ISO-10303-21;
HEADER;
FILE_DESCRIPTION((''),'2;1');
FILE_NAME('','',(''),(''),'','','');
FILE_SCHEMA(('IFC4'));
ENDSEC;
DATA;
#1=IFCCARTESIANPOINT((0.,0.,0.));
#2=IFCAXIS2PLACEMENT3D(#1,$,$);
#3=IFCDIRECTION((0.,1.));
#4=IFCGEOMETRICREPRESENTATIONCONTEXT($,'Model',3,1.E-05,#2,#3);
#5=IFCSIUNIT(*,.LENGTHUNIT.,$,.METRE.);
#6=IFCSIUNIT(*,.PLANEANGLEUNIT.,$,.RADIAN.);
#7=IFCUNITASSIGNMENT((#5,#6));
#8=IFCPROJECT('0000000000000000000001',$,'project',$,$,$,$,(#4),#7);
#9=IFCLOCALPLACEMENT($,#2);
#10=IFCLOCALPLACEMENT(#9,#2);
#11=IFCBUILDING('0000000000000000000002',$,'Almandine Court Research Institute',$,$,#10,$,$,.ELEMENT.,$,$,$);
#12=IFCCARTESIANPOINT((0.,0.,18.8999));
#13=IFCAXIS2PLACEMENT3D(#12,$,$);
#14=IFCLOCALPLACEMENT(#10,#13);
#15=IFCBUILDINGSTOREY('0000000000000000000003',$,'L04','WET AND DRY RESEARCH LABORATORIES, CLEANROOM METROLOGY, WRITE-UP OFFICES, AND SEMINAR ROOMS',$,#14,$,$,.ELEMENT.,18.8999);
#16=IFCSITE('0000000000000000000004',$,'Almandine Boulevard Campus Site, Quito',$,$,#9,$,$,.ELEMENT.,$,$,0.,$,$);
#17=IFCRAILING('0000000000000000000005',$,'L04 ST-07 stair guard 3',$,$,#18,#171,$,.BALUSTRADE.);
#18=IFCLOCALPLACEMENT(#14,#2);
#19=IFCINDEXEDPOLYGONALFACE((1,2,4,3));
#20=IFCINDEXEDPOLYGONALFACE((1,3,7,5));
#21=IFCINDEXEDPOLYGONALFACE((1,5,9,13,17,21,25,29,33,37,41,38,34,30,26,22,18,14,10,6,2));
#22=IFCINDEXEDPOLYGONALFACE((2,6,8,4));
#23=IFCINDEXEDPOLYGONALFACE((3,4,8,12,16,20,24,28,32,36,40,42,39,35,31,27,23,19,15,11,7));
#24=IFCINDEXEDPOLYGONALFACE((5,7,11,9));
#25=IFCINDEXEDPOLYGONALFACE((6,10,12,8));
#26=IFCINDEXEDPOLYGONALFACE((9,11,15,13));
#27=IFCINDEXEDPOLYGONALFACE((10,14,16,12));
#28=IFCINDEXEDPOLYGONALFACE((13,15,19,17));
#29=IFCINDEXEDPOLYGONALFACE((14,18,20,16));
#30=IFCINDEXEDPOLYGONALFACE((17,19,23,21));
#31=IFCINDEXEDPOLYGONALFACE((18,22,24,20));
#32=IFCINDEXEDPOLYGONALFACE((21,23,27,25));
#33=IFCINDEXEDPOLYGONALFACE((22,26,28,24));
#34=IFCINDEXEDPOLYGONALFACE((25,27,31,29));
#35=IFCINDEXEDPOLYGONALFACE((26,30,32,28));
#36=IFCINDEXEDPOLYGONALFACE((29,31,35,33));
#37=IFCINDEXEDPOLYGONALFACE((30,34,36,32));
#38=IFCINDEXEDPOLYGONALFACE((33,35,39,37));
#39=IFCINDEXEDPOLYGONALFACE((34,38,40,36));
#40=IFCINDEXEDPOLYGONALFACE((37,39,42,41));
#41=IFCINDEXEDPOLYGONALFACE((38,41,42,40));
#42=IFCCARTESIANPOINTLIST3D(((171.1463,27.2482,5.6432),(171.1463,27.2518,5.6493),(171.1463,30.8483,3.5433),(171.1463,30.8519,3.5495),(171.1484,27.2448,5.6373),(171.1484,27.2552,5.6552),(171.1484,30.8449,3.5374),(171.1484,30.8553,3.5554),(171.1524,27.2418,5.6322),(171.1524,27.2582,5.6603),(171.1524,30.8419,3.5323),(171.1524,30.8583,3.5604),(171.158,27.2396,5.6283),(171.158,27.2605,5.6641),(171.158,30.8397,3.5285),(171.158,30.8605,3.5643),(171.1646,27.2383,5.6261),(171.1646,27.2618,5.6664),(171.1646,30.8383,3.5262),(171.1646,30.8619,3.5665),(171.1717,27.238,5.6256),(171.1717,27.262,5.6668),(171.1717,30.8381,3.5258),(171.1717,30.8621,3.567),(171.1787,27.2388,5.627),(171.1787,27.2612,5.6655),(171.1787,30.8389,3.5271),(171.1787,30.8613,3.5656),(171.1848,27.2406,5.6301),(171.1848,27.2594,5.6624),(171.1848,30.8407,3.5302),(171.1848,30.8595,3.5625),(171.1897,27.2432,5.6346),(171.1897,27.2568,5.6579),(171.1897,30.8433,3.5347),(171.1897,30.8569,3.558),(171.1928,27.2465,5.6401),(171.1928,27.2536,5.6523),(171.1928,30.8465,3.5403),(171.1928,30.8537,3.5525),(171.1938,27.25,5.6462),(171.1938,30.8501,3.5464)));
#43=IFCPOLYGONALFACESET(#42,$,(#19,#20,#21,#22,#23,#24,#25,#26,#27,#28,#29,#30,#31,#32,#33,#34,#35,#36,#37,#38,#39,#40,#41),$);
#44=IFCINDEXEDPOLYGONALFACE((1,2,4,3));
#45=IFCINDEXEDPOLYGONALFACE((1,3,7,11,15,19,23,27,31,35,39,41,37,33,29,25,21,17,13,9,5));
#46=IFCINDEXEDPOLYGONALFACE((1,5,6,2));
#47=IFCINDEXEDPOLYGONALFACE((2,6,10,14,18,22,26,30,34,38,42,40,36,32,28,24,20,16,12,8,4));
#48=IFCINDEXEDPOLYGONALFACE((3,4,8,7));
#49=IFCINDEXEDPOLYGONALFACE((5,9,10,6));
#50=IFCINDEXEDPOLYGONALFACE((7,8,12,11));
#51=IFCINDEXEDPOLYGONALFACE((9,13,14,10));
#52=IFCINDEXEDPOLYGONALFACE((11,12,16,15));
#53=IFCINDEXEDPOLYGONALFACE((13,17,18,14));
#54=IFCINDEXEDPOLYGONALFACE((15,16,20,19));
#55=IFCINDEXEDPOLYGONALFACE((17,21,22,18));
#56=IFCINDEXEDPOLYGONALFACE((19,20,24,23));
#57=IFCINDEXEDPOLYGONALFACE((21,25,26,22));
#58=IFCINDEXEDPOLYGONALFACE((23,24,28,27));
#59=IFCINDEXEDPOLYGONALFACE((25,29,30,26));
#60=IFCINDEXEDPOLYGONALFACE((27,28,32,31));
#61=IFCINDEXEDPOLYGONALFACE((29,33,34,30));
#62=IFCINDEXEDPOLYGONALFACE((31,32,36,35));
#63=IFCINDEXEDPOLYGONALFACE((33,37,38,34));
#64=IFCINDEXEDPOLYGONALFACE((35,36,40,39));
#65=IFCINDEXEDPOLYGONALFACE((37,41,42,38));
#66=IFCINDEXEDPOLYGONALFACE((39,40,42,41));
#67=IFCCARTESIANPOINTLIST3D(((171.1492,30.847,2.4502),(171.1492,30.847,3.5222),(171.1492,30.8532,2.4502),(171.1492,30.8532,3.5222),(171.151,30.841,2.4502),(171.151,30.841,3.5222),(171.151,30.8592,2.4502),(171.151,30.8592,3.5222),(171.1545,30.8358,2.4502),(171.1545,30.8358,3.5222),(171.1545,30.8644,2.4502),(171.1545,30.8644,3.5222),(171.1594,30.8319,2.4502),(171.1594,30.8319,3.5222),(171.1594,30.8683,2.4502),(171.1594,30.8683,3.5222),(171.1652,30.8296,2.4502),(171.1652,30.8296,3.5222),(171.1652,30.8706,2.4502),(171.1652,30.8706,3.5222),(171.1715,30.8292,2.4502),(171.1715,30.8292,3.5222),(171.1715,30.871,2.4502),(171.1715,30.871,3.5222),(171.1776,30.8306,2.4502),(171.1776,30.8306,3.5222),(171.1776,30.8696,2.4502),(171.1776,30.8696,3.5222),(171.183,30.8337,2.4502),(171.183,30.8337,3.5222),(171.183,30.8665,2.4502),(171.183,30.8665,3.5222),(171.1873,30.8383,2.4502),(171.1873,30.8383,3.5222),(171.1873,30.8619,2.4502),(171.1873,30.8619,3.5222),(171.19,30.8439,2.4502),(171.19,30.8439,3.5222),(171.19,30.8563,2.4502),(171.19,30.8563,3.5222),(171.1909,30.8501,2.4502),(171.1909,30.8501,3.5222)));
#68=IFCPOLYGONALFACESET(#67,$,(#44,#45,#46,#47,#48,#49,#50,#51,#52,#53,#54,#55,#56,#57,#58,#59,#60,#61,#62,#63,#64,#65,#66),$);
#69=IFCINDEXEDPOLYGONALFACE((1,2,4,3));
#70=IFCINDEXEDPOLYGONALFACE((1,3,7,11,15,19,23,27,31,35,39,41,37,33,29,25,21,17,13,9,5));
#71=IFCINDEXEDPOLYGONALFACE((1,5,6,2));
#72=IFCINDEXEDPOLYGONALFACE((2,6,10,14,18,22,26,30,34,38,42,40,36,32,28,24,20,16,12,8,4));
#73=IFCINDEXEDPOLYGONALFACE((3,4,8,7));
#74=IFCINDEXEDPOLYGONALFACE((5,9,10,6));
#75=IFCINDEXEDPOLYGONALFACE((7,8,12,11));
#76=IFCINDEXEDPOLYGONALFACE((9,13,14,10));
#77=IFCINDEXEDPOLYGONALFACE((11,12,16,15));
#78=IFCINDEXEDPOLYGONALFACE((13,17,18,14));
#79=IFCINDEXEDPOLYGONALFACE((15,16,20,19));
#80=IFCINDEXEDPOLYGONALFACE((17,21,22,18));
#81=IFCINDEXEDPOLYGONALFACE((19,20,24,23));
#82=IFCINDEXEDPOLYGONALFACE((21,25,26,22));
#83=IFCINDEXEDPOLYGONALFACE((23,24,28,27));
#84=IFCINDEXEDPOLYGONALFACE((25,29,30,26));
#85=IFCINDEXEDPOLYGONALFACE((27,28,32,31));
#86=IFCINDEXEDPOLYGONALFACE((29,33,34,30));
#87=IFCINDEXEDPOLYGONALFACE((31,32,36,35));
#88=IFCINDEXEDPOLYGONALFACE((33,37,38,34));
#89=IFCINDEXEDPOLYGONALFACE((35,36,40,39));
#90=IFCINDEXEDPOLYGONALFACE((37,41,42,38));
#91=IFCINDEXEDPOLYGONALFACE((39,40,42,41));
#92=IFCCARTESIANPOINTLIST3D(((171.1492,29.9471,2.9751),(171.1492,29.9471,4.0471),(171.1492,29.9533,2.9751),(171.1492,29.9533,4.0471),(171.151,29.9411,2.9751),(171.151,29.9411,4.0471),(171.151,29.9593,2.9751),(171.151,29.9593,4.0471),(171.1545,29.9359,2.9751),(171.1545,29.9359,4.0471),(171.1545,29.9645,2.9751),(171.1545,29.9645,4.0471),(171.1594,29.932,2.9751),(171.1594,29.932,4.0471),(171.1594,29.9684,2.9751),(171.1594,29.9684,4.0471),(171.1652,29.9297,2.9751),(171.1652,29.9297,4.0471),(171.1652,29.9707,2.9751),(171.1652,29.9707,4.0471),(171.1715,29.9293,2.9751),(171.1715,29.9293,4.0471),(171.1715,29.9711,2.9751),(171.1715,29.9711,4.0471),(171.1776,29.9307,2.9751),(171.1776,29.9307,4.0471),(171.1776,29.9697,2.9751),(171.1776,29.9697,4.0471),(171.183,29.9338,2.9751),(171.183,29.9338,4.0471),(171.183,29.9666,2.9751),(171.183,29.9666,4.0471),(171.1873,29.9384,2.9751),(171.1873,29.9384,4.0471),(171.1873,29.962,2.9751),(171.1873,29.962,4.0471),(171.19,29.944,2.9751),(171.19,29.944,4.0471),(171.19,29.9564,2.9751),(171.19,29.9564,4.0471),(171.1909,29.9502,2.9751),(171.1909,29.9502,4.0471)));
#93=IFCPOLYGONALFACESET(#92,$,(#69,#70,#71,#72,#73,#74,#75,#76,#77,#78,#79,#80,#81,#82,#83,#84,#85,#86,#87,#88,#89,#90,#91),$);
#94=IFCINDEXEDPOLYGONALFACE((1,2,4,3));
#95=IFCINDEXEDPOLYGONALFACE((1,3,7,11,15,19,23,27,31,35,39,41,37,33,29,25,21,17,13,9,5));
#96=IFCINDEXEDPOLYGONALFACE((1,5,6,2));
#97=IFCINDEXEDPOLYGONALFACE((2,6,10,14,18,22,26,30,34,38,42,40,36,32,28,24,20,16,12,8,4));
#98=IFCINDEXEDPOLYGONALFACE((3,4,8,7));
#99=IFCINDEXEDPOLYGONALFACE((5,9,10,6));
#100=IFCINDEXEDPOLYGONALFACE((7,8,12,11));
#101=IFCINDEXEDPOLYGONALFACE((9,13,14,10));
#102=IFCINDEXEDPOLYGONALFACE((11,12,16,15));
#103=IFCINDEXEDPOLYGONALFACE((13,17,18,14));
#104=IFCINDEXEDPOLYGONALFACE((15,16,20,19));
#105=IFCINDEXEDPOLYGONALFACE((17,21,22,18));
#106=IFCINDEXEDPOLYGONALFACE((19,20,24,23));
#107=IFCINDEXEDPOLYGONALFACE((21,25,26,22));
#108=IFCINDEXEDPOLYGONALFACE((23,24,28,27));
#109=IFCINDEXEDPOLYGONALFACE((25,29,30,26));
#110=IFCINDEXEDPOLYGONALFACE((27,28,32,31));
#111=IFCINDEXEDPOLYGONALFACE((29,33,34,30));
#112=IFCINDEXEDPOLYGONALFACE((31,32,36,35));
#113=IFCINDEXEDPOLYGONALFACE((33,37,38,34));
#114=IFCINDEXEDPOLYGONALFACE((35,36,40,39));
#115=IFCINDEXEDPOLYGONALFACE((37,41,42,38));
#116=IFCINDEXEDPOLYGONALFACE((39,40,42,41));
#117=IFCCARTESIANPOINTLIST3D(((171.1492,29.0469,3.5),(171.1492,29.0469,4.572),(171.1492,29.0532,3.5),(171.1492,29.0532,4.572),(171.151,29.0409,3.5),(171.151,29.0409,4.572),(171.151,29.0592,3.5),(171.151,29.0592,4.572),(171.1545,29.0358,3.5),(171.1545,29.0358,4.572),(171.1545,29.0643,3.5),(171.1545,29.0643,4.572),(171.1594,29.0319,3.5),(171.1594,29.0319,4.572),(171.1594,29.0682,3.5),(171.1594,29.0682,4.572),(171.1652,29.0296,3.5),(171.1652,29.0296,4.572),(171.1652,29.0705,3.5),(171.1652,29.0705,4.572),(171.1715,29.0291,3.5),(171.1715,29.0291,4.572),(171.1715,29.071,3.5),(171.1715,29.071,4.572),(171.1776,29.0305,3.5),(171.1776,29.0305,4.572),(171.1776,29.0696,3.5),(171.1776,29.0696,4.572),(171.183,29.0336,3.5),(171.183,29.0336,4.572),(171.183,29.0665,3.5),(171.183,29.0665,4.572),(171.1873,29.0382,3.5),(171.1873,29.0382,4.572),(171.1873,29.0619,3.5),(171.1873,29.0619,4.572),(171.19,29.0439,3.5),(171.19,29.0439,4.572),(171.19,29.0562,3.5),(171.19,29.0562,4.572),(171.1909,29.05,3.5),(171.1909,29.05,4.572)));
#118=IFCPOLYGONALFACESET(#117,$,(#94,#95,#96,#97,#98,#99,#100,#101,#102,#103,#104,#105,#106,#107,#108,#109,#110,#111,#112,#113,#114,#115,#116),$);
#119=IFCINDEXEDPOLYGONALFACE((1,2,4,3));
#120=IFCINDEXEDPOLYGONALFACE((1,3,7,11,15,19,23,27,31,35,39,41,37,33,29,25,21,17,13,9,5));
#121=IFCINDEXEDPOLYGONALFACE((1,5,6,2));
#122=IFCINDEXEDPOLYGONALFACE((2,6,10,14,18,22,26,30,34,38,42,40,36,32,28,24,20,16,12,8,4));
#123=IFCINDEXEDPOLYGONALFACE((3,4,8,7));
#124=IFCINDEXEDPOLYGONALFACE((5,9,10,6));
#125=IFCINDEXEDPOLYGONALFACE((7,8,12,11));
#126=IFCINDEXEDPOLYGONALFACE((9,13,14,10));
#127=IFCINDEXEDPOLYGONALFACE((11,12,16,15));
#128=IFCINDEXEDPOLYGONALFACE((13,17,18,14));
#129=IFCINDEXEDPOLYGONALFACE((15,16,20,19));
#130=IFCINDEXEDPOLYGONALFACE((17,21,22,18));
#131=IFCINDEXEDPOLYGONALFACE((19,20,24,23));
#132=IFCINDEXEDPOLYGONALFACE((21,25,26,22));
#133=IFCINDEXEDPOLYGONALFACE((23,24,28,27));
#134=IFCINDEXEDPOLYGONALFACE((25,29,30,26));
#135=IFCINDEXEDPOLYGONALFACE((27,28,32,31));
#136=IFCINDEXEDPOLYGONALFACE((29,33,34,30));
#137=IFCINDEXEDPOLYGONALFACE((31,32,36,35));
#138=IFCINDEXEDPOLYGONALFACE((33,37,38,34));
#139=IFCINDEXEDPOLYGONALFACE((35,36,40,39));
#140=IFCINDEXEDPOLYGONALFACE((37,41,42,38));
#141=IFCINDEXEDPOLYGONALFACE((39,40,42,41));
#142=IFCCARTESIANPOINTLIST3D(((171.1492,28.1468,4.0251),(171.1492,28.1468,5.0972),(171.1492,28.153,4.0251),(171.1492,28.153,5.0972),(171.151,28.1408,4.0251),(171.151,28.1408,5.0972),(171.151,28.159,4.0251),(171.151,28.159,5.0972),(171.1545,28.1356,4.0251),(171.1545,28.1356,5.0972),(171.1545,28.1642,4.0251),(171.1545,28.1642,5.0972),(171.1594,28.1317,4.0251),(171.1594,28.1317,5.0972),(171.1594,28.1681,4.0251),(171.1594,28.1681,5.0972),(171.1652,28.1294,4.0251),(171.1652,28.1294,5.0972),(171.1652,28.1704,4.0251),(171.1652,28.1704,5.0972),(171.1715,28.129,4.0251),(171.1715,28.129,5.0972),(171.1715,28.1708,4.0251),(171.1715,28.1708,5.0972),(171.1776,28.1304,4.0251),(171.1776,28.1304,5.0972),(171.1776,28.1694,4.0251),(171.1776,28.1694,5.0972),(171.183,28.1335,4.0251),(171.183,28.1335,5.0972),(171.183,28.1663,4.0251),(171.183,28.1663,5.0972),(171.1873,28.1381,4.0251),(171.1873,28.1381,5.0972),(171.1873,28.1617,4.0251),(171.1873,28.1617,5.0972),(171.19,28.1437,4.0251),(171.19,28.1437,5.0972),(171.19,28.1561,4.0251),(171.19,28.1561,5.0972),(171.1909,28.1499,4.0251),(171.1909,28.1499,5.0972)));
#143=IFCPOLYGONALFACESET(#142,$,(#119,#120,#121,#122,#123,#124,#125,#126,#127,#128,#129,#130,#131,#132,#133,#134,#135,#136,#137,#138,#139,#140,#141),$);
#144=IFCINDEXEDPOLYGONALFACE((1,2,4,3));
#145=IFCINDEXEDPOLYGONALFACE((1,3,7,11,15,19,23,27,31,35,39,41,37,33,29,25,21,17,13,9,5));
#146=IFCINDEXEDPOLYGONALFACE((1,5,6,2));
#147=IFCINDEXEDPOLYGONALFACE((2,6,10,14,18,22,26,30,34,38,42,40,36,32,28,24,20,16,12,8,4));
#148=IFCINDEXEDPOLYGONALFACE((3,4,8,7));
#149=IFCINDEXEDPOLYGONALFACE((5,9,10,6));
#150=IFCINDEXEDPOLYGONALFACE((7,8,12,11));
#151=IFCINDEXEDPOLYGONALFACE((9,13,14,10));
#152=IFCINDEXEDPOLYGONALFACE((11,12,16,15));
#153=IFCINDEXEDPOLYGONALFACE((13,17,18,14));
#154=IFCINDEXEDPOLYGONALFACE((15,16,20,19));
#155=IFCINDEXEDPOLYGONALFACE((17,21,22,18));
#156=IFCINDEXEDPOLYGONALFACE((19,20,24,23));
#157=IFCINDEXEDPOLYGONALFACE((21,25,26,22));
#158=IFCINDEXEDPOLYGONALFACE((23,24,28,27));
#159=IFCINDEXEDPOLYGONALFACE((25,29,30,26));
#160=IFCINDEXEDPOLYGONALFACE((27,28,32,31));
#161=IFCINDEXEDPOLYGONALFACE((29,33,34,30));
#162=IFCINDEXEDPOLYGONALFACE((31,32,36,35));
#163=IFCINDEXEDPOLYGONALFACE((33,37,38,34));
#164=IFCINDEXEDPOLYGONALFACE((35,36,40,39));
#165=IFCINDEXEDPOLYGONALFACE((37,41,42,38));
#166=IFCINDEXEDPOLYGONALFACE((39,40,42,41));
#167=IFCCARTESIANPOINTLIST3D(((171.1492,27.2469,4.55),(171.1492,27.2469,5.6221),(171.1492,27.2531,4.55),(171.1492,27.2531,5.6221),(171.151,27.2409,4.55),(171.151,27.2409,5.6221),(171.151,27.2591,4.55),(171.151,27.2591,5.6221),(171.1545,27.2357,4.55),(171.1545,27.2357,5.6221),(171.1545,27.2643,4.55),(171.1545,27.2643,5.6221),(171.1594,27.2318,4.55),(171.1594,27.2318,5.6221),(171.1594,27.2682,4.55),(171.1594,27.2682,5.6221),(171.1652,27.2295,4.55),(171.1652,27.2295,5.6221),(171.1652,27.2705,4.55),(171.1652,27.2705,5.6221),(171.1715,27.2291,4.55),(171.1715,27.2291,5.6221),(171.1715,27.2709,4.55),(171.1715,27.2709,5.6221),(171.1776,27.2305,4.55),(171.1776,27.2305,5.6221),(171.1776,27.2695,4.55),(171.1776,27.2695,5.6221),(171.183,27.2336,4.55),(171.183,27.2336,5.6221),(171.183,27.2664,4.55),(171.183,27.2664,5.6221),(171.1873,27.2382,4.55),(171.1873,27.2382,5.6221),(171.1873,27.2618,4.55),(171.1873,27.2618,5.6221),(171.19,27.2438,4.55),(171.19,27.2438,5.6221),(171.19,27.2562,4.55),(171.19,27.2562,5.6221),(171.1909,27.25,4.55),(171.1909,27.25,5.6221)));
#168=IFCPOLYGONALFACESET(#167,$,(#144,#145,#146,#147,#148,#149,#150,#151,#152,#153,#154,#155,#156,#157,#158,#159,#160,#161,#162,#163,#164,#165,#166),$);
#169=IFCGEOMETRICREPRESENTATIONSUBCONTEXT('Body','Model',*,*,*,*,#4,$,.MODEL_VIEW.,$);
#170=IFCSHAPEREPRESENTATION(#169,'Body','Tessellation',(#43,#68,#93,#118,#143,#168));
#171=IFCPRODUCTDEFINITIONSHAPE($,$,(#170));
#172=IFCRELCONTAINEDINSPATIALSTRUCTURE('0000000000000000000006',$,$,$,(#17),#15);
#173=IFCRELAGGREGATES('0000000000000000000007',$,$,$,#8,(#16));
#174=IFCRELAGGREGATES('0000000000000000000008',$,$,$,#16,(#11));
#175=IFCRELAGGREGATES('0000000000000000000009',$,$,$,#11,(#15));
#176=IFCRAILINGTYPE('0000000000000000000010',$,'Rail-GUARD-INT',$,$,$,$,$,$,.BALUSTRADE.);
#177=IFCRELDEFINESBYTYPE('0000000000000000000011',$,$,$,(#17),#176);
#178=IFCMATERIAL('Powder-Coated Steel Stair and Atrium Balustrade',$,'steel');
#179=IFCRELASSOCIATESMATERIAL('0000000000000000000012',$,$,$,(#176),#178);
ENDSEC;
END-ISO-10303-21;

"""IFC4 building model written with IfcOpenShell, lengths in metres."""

from ifc_helpers import new_model, si_unit, direction, frame, origin, origin_2d, place, context, subcontext, project, spatial, circle, extrude, material, type_object, element, save


model = new_model("IFC4")

# Units and contexts
model_context = context("Model", 3, precision=1e-05, world=origin(), true_north=direction((0.0, 1.0)))
body_context = subcontext(model_context, "Body", "Model", "MODEL_VIEW")
ifc_project = project(units=[si_unit("LENGTHUNIT", "METRE"), si_unit("PLANEANGLEUNIT", "RADIAN")], contexts=[model_context])

# Site, building, storey
site_placement = place(None, origin())
site = spatial("IfcSite", under=ifc_project, at=site_placement, Name="Almandine Boulevard Campus Site, Quito", CompositionType="ELEMENT", RefElevation=0.0)
building_placement = place(site_placement, origin())
building = spatial("IfcBuilding", under=site, at=building_placement, Name="Almandine Court Research Institute", CompositionType="ELEMENT")
storey_placement = place(building_placement, frame((0.0, 0.0, 18.8999)))
storey = spatial("IfcBuildingStorey", under=building, at=storey_placement, Name="L04", Description="WET AND DRY RESEARCH LABORATORIES, CLEANROOM METROLOGY, WRITE-UP OFFICES, AND SEMINAR ROOMS", CompositionType="ELEMENT", Elevation=18.8999)

# Railing
ifc_material_1 = material(Name="Powder-Coated Steel Stair and Atrium Balustrade", Category="steel")
railing_type_1 = type_object("IfcRailingType", Name="Rail-GUARD-INT", PredefinedType="BALUSTRADE", material=ifc_material_1)
railing_1_placement = place(storey_placement, frame((171.1699, 30.8501, 2.4502)))
element("IfcRailing", 1, at=railing_1_placement, inside=storey, type_object=railing_type_1, Name="L04 ST-07 stair guard 3", PredefinedType="BALUSTRADE", context=body_context, shape_type="SweptSolid", body=[
    extrude(circle(Radius=0.0239, at=origin_2d()), frame((0.0, 0.0, 1.0962), z_axis=(0.0, -0.8638, 0.503835), x_axis=(1.0, 0.0, 0.0)), (0.0, 0.0, 1.0), 4.1677),
    extrude(circle(Radius=0.021, at=origin_2d()), origin(), (0.0, 0.0, 1.0), 1.072),
    extrude(circle(Radius=0.021, at=origin_2d()), frame((0.0, -0.8999, 0.5249)), (0.0, 0.0, 1.0), 1.072),
    extrude(circle(Radius=0.021, at=origin_2d()), frame((0.0, -1.8, 1.0498)), (0.0, 0.0, 1.0), 1.072),
    extrude(circle(Radius=0.021, at=origin_2d()), frame((0.0, -2.7002, 1.575)), (0.0, 0.0, 1.0), 1.072),
    extrude(circle(Radius=0.021, at=origin_2d()), frame((0.0, -3.6001, 2.0999)), (0.0, 0.0, 1.0), 1.072),
])

save(model, "model.ifc")
